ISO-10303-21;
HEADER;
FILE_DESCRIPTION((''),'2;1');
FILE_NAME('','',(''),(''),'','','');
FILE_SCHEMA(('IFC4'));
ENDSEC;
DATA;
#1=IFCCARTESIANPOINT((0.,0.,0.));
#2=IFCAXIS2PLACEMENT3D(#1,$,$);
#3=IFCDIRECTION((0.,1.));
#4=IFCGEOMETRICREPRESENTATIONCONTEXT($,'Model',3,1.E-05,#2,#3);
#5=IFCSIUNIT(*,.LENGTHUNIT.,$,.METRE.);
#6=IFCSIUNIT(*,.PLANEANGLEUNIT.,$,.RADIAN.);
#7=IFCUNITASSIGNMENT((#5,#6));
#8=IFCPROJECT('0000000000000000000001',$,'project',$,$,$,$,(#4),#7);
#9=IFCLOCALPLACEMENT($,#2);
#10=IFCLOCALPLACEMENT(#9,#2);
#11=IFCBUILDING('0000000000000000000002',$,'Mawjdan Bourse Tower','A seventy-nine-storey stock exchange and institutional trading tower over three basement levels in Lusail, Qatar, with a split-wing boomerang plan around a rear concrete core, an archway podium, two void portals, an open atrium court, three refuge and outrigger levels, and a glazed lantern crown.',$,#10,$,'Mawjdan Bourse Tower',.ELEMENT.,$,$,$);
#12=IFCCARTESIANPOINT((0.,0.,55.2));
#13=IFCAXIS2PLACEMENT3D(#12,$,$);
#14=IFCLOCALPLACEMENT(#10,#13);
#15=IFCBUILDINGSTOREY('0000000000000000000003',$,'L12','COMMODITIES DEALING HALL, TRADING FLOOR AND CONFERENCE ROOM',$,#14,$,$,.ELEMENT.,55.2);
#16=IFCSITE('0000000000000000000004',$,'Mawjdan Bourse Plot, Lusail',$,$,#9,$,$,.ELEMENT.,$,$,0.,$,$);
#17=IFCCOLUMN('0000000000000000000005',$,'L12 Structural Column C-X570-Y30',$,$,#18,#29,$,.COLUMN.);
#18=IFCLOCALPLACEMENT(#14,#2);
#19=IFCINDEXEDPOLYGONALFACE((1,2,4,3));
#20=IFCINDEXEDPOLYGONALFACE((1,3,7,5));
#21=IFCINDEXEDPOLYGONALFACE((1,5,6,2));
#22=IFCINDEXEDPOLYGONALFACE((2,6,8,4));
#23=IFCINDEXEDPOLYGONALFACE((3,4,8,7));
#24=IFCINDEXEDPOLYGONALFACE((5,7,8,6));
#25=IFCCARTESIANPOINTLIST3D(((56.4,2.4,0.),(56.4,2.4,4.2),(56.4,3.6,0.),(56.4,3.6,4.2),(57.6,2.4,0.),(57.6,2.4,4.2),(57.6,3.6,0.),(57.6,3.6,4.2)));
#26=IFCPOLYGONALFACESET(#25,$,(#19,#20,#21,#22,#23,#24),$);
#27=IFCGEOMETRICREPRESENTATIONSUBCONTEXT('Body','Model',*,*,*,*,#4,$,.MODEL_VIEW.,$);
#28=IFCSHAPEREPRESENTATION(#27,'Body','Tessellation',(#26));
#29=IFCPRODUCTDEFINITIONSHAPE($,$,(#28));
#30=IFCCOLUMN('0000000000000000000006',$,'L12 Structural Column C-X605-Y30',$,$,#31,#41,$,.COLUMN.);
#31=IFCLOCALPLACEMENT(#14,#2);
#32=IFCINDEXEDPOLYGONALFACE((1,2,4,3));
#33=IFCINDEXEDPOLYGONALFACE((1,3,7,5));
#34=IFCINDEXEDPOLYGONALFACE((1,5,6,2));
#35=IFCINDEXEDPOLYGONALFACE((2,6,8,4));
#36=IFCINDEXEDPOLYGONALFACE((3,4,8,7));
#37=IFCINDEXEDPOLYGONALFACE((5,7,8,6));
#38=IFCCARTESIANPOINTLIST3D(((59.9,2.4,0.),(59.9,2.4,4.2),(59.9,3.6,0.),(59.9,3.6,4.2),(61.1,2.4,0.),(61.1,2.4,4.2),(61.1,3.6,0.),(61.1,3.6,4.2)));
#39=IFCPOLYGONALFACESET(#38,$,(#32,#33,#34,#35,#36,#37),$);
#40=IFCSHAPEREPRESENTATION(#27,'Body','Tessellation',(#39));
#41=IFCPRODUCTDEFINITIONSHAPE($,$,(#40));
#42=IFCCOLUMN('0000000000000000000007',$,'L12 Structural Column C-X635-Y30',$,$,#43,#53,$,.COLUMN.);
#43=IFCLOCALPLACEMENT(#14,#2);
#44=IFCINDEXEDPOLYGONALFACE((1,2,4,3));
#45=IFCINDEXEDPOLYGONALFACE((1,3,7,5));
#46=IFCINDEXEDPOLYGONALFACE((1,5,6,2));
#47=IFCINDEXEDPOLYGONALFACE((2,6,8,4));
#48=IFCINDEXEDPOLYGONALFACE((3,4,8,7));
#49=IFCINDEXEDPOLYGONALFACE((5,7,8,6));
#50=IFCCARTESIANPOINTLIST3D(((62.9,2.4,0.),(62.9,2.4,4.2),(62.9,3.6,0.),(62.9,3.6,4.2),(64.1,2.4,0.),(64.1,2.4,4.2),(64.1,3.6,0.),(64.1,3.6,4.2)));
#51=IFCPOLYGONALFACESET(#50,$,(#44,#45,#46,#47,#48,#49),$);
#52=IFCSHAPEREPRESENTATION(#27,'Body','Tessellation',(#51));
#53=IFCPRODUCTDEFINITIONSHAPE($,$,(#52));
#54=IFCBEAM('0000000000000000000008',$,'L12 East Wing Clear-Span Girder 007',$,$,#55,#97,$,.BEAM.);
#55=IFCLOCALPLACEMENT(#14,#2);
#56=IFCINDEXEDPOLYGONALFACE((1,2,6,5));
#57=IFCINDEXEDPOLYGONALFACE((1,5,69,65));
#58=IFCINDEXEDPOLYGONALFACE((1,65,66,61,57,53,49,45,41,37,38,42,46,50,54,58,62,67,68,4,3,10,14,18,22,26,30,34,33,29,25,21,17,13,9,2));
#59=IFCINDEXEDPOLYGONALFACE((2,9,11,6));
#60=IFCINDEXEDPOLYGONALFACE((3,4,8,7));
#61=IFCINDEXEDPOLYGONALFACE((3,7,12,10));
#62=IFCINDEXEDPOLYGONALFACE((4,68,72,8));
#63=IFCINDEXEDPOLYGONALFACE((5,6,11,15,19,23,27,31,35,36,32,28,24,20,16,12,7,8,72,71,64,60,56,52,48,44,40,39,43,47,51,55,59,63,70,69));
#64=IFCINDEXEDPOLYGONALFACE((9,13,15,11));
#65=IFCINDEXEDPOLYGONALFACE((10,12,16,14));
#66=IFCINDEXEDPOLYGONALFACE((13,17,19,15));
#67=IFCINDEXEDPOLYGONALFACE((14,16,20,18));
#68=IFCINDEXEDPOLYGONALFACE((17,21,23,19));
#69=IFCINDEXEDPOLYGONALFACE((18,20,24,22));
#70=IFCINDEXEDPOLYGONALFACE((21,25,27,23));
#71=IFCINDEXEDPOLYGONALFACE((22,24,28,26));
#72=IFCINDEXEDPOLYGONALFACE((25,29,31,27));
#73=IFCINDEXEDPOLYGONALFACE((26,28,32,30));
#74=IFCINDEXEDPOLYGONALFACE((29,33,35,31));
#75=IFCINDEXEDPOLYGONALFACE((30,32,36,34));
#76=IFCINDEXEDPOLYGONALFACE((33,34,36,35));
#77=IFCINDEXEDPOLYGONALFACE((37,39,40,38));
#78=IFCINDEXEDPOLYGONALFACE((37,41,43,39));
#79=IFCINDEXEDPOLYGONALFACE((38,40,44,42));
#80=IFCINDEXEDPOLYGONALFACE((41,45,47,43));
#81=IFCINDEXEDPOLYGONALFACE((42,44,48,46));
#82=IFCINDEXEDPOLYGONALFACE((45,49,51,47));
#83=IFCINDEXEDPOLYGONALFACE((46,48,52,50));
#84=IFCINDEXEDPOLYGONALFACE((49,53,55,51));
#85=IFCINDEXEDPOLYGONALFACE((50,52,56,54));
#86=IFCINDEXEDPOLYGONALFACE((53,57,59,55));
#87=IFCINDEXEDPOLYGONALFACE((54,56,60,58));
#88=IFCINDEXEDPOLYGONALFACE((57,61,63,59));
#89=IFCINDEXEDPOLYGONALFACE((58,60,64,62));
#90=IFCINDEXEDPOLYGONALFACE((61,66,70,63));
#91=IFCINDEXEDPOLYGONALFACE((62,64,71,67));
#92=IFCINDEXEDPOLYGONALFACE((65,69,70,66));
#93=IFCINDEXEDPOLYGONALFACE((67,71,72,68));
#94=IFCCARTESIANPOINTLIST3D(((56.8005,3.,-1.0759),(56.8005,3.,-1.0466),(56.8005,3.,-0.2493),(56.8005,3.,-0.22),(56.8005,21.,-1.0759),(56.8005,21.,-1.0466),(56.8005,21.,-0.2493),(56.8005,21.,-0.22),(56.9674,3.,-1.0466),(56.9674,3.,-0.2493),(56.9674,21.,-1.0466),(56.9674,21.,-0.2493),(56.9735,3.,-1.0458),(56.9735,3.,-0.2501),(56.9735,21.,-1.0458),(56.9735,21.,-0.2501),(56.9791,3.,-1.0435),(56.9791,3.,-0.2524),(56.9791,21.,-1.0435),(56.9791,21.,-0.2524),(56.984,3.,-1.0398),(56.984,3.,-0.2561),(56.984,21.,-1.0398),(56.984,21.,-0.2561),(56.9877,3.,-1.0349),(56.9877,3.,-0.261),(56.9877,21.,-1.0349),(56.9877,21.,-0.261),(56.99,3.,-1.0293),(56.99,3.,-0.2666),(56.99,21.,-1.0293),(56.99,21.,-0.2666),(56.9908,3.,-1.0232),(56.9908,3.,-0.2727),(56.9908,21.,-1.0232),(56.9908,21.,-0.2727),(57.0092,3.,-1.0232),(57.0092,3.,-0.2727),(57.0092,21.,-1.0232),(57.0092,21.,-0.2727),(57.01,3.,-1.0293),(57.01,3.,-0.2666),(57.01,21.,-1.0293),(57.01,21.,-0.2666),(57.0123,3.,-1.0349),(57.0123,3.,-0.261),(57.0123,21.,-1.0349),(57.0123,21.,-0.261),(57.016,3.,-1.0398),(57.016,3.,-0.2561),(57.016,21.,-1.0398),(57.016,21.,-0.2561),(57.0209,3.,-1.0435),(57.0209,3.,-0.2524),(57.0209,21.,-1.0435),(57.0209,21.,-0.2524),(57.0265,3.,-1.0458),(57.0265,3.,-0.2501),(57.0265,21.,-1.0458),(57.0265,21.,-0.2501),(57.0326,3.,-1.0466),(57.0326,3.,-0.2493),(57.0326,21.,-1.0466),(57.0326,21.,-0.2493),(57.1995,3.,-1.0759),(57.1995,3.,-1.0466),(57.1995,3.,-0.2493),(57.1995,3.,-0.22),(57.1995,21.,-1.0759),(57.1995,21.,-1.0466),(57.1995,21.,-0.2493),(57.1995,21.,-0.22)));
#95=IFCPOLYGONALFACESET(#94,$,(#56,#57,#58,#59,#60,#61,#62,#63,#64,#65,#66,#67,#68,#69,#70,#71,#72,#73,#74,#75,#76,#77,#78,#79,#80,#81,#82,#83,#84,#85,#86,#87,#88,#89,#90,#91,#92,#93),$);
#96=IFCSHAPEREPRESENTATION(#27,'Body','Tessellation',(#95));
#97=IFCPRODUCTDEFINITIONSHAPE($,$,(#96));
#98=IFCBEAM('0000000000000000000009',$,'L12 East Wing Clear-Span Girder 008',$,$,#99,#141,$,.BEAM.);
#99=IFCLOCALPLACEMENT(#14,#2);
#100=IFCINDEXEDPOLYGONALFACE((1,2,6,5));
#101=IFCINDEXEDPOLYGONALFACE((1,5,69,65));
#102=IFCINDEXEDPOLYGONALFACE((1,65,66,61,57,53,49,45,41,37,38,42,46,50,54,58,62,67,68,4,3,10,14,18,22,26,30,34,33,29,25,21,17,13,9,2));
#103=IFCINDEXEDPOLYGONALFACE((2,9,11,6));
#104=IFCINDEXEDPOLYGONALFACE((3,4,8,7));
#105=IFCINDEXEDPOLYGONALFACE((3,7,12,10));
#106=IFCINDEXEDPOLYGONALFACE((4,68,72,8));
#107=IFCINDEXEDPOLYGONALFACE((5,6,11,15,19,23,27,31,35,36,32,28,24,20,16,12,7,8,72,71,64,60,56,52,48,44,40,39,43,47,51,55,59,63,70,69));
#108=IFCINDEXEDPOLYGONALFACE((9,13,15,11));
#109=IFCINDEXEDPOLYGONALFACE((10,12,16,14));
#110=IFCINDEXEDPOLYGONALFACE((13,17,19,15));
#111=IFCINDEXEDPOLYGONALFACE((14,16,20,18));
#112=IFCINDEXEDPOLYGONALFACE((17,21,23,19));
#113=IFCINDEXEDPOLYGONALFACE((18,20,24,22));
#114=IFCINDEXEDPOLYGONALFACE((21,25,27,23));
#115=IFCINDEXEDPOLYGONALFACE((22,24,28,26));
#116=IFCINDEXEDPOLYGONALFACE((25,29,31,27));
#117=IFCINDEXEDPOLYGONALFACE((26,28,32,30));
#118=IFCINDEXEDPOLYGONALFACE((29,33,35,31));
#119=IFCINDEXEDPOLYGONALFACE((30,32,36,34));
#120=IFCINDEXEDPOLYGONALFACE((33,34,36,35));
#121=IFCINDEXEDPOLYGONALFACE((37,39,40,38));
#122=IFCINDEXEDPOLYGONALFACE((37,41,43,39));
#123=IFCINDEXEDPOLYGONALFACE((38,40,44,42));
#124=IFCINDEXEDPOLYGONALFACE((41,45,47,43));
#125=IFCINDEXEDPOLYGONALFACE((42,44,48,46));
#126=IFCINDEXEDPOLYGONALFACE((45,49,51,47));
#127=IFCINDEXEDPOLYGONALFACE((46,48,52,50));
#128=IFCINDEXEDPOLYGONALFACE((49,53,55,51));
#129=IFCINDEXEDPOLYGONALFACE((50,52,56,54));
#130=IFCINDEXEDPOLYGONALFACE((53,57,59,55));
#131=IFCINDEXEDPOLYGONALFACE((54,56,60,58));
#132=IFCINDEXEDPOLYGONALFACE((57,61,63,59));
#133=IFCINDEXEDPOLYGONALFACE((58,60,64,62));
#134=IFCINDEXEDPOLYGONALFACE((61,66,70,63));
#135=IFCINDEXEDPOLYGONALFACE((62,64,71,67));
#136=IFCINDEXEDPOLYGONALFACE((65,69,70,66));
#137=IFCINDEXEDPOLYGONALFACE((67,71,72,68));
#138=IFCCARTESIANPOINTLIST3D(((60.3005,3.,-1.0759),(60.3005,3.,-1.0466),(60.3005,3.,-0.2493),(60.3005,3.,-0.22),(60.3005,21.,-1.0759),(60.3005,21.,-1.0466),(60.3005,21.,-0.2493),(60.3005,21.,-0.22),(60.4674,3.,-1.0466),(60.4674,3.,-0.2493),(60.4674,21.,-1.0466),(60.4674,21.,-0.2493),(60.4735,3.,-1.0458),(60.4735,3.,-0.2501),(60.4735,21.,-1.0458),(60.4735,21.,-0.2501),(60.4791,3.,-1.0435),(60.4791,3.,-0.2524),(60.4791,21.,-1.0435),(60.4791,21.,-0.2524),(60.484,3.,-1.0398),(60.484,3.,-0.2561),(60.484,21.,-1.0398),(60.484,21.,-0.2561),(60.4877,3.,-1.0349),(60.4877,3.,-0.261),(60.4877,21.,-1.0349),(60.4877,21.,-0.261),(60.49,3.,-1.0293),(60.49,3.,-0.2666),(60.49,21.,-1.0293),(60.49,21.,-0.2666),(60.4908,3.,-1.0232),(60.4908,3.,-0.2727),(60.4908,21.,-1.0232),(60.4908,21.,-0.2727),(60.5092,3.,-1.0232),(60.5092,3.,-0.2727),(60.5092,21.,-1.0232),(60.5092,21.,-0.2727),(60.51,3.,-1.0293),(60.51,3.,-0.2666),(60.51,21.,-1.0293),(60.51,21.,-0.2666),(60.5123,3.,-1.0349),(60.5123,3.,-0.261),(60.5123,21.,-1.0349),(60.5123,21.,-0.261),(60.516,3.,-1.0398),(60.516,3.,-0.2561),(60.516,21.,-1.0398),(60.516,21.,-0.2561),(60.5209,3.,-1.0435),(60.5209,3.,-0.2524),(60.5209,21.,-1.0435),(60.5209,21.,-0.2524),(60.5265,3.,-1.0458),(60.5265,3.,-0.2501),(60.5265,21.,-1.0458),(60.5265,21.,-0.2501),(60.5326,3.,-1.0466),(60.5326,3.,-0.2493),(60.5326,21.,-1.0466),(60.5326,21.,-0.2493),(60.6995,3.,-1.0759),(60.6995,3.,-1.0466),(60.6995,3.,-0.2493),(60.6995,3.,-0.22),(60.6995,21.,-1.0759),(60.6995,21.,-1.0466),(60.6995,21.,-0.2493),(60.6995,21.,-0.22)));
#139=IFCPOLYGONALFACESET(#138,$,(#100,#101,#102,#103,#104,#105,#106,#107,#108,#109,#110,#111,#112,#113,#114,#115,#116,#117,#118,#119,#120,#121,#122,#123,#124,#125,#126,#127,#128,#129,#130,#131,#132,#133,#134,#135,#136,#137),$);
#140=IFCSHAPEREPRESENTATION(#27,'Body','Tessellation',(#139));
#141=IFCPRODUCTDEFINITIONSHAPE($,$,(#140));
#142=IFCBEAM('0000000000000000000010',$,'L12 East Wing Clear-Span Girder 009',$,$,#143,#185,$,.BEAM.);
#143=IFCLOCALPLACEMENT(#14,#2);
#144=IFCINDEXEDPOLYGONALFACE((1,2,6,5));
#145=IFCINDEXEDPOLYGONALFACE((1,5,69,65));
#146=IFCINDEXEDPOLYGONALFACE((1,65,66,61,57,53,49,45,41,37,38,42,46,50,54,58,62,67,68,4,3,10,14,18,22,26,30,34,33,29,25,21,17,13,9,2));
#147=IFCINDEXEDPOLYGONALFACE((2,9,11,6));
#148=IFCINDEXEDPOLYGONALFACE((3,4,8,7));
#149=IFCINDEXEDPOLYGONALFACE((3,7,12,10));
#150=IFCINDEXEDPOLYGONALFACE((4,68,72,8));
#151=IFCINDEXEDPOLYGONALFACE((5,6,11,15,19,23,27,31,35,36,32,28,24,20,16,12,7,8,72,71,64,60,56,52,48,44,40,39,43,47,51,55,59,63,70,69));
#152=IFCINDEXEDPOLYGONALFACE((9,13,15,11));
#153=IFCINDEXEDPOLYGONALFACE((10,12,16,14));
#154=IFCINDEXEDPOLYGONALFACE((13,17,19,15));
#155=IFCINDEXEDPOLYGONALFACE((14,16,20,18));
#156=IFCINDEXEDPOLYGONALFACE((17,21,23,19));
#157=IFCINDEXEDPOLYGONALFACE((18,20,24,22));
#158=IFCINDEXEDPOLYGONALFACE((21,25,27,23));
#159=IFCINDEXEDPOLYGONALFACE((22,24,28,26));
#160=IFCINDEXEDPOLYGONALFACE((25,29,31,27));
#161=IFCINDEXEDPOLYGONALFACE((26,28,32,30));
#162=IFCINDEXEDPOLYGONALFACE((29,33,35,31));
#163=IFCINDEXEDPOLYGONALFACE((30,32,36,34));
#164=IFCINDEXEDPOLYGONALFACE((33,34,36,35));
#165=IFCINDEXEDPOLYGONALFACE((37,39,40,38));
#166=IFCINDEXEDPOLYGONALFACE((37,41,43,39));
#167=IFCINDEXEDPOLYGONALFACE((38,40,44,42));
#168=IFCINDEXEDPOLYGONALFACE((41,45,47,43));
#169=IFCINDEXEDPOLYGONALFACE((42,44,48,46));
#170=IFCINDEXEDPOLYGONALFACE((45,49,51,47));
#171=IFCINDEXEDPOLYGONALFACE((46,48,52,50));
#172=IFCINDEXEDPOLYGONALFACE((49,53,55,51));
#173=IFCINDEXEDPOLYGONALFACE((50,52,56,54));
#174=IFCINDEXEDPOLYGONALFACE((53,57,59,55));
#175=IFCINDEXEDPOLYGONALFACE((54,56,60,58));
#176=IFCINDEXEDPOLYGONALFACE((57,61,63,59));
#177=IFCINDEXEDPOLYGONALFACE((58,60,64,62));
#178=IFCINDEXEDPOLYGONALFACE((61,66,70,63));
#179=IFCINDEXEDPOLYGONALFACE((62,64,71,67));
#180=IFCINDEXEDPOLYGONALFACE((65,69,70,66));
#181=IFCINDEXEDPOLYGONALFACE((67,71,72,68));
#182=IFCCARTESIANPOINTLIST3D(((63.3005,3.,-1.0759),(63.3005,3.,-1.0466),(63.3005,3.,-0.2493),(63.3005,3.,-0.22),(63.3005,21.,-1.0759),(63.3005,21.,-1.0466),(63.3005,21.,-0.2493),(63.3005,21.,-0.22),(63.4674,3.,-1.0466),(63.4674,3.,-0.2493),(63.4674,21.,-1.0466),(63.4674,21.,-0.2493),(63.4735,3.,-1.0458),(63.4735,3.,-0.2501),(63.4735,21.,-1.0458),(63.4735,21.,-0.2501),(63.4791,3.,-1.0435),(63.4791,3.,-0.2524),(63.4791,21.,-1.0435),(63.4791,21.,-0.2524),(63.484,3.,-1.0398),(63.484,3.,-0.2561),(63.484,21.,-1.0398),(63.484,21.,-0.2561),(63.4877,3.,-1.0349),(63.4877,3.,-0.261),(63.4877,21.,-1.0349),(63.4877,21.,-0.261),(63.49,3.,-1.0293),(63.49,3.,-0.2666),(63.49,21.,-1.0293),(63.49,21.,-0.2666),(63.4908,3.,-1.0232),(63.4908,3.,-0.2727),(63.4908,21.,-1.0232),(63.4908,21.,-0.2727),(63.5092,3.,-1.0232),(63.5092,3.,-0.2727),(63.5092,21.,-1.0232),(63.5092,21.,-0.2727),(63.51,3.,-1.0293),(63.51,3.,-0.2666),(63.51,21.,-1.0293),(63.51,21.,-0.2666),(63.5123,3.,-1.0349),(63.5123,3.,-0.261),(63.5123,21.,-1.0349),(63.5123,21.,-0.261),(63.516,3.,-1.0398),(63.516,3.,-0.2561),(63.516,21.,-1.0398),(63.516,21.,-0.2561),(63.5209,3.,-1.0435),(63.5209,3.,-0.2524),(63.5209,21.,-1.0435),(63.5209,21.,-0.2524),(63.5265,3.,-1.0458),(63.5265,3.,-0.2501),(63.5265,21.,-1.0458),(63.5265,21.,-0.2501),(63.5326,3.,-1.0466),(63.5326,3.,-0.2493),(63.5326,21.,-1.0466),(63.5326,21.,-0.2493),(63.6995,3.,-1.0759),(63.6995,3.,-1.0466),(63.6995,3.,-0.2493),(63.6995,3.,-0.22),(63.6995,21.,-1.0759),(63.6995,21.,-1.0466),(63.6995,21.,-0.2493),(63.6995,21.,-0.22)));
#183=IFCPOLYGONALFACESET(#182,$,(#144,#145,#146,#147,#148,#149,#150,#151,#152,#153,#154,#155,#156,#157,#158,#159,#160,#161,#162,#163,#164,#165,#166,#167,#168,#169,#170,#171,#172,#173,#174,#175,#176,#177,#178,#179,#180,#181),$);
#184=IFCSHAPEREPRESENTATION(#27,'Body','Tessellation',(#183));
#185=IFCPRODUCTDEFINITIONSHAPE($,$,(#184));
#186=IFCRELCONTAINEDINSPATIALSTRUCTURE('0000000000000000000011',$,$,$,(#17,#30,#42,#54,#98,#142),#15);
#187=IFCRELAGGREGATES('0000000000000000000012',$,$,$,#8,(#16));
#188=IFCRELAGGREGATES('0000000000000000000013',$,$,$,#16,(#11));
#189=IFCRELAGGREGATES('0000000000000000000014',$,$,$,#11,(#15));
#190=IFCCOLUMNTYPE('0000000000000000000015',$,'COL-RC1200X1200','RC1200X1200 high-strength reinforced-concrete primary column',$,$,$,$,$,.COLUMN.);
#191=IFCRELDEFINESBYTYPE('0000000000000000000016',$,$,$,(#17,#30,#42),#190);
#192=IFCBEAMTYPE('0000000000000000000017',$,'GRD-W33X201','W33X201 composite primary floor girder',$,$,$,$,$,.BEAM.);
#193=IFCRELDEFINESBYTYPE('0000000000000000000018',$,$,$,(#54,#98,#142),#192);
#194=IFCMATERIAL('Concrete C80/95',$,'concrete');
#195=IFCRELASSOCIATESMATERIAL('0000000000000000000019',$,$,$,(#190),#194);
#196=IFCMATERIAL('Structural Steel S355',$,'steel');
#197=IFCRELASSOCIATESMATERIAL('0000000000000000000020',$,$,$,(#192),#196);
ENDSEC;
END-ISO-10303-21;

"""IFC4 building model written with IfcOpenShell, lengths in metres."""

from ifc_helpers import new_model, si_unit, direction, frame, origin, origin_2d, place, context, subcontext, project, spatial, rectangle, i_section, extrude, material, material_profile, profile_set, type_object, element, save


model = new_model("IFC4")

# Units and contexts
model_context = context("Model", 3, precision=1e-05, world=origin(), true_north=direction((0.0, 1.0)))
body_context = subcontext(model_context, "Body", "Model", "MODEL_VIEW")
ifc_project = project(units=[si_unit("LENGTHUNIT", "METRE"), si_unit("PLANEANGLEUNIT", "RADIAN")], contexts=[model_context])

# Site, building, storey
site_placement = place(None, origin())
site = spatial("IfcSite", under=ifc_project, at=site_placement, Name="Mawjdan Bourse Plot, Lusail", CompositionType="ELEMENT", RefElevation=0.0)
building_placement = place(site_placement, origin())
building = spatial("IfcBuilding", under=site, at=building_placement, Name="Mawjdan Bourse Tower", Description="A seventy-nine-storey stock exchange and institutional trading tower over three basement levels in Lusail, Qatar, with a split-wing boomerang plan around a rear concrete core, an archway podium, two void portals, an open atrium court, three refuge and outrigger levels, and a glazed lantern crown.", LongName="Mawjdan Bourse Tower", CompositionType="ELEMENT")
storey_placement = place(building_placement, frame((0.0, 0.0, 55.2)))
storey = spatial("IfcBuildingStorey", under=building, at=storey_placement, Name="L12", Description="COMMODITIES DEALING HALL, TRADING FLOOR AND CONFERENCE ROOM", CompositionType="ELEMENT", Elevation=55.2)

# Columns
ifc_material_1 = material(Name="Concrete C80/95", Category="concrete")
ifc_material_profile_1 = material_profile(ifc_material_1, rectangle(XDim=1.2, YDim=1.2, at=origin_2d()), Name="RC1200X1200")
ifc_profile_set_1 = profile_set([ifc_material_profile_1], Name="Concrete C80/95")
column_type = type_object("IfcColumnType", Name="COL-RC1200X1200", Description="RC1200X1200 high-strength reinforced-concrete primary column", PredefinedType="COLUMN", material=ifc_profile_set_1)
for number, where, z_axis, x_axis, name in (
    (1, (57.0, 3.0, 0.0), (0.0, 0.0, 1.0), (1.0, 0.0, 0.0), "L12 Structural Column C-X570-Y30"),
    (2, (60.5, 3.0, 0.0), (0.0, 0.0, 1.0), (1.0, 0.0, 0.0), "L12 Structural Column C-X605-Y30"),
    (3, (63.5, 3.0, 0.0), (0.0, 0.0, 1.0), (1.0, 0.0, 0.0), "L12 Structural Column C-X635-Y30"),
):
    element("IfcColumn", number, at=place(storey_placement, frame(where, z_axis=z_axis, x_axis=x_axis)), inside=storey, type_object=column_type, Name=name, PredefinedType="COLUMN", context=body_context, shape_type="SweptSolid", body=[
        extrude(rectangle(XDim=1.2, YDim=1.2, at=origin_2d()), origin(), (0.0, 0.0, 1.0), 4.2),
    ])

# Beams
ifc_material_2 = material(Name="Structural Steel S355", Category="steel")
ifc_material_profile_2 = material_profile(ifc_material_2, i_section(OverallWidth=0.3989, OverallDepth=0.856, WebThickness=0.0183, FlangeThickness=0.0293, FilletRadius=0.0234, at=origin_2d()), Name="W33X201")
ifc_profile_set_2 = profile_set([ifc_material_profile_2], Name="Structural Steel S355")
beam_type_1 = type_object("IfcBeamType", Name="GRD-W33X201", Description="W33X201 composite primary floor girder", PredefinedType="BEAM", material=ifc_profile_set_2)
for number, where, z_axis, x_axis, name in (
    (4, (57.0, 3.0, -0.6479), (0.0, 1.0, 0.0), (-1.0, 0.0, 0.0), "L12 East Wing Clear-Span Girder 007"),
    (5, (60.5, 3.0, -0.6479), (0.0, 1.0, 0.0), (-1.0, 0.0, 0.0), "L12 East Wing Clear-Span Girder 008"),
    (6, (63.5, 3.0, -0.6479), (0.0, 1.0, 0.0), (-1.0, 0.0, 0.0), "L12 East Wing Clear-Span Girder 009"),
):
    element("IfcBeam", number, at=place(storey_placement, frame(where, z_axis=z_axis, x_axis=x_axis)), inside=storey, type_object=beam_type_1, Name=name, PredefinedType="BEAM", context=body_context, shape_type="SweptSolid", body=[
        extrude(i_section(OverallWidth=0.3989, OverallDepth=0.856, WebThickness=0.0183, FlangeThickness=0.0293, FilletRadius=0.0234, at=origin_2d()), origin(), (0.0, 0.0, 1.0), 18.0),
    ])

save(model, "model.ifc")
